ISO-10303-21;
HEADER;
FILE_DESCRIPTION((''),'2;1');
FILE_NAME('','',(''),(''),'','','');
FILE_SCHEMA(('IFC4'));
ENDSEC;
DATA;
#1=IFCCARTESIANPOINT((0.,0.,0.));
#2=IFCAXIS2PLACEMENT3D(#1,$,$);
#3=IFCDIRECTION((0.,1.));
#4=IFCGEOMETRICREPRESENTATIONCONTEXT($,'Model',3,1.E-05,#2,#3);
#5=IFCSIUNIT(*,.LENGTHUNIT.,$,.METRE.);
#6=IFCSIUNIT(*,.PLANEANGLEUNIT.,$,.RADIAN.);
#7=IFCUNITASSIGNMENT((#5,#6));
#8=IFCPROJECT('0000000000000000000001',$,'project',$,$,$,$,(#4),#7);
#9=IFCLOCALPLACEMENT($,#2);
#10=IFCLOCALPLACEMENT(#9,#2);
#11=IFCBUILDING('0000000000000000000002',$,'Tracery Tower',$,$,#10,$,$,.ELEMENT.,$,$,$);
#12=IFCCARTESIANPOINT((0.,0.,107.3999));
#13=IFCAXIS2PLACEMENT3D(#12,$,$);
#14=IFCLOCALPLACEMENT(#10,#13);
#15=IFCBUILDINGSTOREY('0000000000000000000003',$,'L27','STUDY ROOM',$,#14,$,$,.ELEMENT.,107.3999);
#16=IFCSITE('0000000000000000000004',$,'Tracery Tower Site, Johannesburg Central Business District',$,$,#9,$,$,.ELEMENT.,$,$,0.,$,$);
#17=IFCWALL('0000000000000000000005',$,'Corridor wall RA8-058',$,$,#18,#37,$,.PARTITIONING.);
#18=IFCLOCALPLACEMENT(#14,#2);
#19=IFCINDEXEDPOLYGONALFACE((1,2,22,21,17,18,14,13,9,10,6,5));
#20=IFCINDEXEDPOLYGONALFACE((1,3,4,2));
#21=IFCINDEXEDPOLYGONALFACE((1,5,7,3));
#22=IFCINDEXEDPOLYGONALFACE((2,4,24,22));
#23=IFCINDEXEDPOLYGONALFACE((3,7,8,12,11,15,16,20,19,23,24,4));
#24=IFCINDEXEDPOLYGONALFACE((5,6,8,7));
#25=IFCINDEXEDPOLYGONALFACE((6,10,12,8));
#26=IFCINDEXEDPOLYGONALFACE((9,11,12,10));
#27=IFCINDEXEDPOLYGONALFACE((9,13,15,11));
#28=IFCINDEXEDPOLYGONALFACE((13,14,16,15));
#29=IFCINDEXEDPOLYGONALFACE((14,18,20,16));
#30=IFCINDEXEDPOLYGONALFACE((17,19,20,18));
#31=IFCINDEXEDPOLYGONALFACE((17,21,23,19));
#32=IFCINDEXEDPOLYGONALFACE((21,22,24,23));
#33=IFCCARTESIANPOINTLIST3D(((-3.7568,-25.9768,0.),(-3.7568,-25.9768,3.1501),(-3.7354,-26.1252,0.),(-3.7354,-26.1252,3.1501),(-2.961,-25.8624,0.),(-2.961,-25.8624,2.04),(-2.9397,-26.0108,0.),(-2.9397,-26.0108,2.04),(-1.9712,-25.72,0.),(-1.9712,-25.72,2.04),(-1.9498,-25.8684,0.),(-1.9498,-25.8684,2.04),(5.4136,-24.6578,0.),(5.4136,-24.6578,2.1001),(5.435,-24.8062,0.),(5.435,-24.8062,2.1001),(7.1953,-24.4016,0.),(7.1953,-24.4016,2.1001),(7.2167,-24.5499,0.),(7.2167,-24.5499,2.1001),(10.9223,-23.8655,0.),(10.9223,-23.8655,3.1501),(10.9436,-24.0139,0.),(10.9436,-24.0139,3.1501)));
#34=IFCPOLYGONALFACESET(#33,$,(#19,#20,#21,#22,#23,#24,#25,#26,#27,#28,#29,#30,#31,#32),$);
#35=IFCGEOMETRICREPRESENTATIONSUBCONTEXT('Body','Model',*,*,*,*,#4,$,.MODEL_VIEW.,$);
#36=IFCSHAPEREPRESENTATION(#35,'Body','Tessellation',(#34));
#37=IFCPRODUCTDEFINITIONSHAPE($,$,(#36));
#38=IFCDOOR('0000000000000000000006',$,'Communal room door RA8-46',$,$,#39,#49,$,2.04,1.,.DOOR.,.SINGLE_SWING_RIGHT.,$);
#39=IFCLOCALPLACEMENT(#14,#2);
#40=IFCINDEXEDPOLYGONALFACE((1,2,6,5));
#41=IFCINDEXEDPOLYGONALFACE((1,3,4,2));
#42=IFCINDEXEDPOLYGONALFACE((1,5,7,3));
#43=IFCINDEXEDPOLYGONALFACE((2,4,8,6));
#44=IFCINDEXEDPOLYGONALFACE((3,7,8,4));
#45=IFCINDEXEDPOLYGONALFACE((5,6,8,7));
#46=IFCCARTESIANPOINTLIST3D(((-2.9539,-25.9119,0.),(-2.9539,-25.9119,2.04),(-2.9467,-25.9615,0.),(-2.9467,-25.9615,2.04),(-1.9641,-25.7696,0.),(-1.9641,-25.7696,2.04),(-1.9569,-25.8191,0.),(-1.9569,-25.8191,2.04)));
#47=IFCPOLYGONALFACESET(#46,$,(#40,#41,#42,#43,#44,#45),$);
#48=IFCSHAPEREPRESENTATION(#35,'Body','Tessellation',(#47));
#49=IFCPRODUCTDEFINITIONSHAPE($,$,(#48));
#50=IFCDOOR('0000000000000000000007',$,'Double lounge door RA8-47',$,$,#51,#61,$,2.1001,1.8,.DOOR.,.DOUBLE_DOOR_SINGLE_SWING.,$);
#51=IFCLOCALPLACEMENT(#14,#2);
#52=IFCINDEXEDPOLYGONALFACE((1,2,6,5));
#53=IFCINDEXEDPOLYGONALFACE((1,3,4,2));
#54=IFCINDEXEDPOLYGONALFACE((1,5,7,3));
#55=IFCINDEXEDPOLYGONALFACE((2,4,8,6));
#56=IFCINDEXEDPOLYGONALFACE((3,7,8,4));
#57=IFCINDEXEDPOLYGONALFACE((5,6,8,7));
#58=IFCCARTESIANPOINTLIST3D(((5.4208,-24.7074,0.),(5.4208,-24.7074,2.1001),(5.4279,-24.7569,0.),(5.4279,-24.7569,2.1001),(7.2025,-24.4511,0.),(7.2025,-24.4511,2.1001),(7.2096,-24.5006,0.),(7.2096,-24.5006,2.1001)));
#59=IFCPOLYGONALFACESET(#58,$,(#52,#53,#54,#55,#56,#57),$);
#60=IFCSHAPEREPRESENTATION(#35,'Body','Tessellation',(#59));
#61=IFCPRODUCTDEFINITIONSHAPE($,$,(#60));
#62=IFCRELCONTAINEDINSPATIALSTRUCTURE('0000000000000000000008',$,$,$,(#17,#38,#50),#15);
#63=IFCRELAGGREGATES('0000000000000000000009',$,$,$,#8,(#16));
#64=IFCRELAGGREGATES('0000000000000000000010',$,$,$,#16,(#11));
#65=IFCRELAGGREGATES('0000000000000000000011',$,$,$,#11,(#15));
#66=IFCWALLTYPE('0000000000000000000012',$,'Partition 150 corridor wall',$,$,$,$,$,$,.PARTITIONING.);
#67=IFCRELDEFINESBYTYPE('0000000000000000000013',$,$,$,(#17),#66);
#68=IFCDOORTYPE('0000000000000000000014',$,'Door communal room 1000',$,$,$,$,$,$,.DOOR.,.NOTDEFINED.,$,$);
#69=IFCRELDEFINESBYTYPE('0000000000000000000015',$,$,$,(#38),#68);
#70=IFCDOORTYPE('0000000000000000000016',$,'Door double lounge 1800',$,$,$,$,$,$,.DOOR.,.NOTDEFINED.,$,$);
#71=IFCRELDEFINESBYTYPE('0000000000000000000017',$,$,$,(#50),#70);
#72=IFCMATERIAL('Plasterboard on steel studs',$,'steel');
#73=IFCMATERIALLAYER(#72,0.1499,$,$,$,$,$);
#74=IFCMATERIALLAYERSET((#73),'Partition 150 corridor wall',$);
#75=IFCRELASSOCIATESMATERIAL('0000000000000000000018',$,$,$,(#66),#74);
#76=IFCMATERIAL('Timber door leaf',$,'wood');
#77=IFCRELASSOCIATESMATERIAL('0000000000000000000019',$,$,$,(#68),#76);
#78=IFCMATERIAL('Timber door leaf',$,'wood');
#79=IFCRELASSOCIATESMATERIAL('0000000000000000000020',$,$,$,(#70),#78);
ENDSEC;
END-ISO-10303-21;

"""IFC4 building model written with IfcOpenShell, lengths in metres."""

from ifc_helpers import new_model, si_unit, direction, frame, frame_2d, origin, place, context, subcontext, project, spatial, rectangle, extrude, material, layer, layer_set, type_object, element, fill, save


model = new_model("IFC4")

# Units and contexts
model_context = context("Model", 3, precision=1e-05, world=origin(), true_north=direction((0.0, 1.0)))
body_context = subcontext(model_context, "Body", "Model", "MODEL_VIEW")
ifc_project = project(units=[si_unit("LENGTHUNIT", "METRE"), si_unit("PLANEANGLEUNIT", "RADIAN")], contexts=[model_context])

# Site, building, storey
site_placement = place(None, origin())
site = spatial("IfcSite", under=ifc_project, at=site_placement, Name="Tracery Tower Site, Johannesburg Central Business District", CompositionType="ELEMENT", RefElevation=0.0)
building_placement = place(site_placement, origin())
building = spatial("IfcBuilding", under=site, at=building_placement, Name="Tracery Tower", CompositionType="ELEMENT")
storey_placement = place(building_placement, frame((0.0, 0.0, 107.3999)))
storey = spatial("IfcBuildingStorey", under=building, at=storey_placement, Name="L27", Description="STUDY ROOM", CompositionType="ELEMENT", Elevation=107.3999)

# Shared definitions
ifc_material_1 = material(Name="Plasterboard on steel studs", Category="steel")
ifc_layer_1 = layer(ifc_material_1, 0.1499)
ifc_layer_set_1 = layer_set([ifc_layer_1], Name="Partition 150 corridor wall")
wall_type_1 = type_object("IfcWallType", Name="Partition 150 corridor wall", PredefinedType="PARTITIONING", material=ifc_layer_set_1)

# Wall, openings, doors
wall_1_placement = place(storey_placement, frame((-3.7461, -26.051, 0.0), z_axis=(0.0, 0.0, 1.0), x_axis=(0.989814, 0.142369, 0.0)))
wall_1 = element("IfcWall", 1, at=wall_1_placement, inside=storey, type_object=wall_type_1, Name="Corridor wall RA8-058", PredefinedType="PARTITIONING", context=body_context, shape_type="SweptSolid", body=[
    extrude(rectangle(XDim=14.8301, YDim=0.1499, at=frame_2d((7.415, 0.0))), origin(), (0.0, 0.0, 1.0), 3.1501),
])
opening_1_placement = place(wall_1_placement, frame((0.804, 0.0, 0.0)))
opening_1 = element("IfcOpeningElement", 2, at=opening_1_placement, cuts=wall_1, PredefinedType="OPENING", context=body_context, shape_type="SweptSolid", body=[
    extrude(rectangle(XDim=1.0, YDim=2.04, at=frame_2d((0.5, 1.02))), frame((0.0, 0.075, 0.0), z_axis=(0.0, -1.0, 0.0), x_axis=(1.0, 0.0, 0.0)), (0.0, 0.0, 1.0), 0.1499),
])
opening_2_placement = place(wall_1_placement, frame((9.2649, 0.0, 0.0)))
opening_2 = element("IfcOpeningElement", 3, at=opening_2_placement, cuts=wall_1, PredefinedType="OPENING", context=body_context, shape_type="SweptSolid", body=[
    extrude(rectangle(XDim=1.8, YDim=2.1001, at=frame_2d((0.8999, 1.05))), frame((0.0, 0.075, 0.0), z_axis=(0.0, -1.0, 0.0), x_axis=(1.0, 0.0, 0.0)), (0.0, 0.0, 1.0), 0.1499),
])
ifc_material_2 = material(Name="Timber door leaf", Category="wood")
door_type_1 = type_object("IfcDoorType", Name="Door communal room 1000", OperationType="NOTDEFINED", PredefinedType="DOOR", material=ifc_material_2)
door_1_placement = place(opening_1_placement, origin())
door_1 = element("IfcDoor", 4, at=door_1_placement, inside=storey, type_object=door_type_1, Name="Communal room door RA8-46", OperationType="SINGLE_SWING_RIGHT", OverallHeight=2.04, OverallWidth=1.0, PredefinedType="DOOR", context=body_context, shape_type="SweptSolid", body=[
    extrude(rectangle(XDim=1.0, YDim=2.04, at=frame_2d((0.5, 1.02))), frame((0.0, 0.0249, 0.0), z_axis=(0.0, -1.0, 0.0), x_axis=(1.0, 0.0, 0.0)), (0.0, 0.0, 1.0), 0.05),
])
fill(opening_1, door_1)
ifc_material_3 = material(Name="Timber door leaf", Category="wood")
door_type_2 = type_object("IfcDoorType", Name="Door double lounge 1800", OperationType="NOTDEFINED", PredefinedType="DOOR", material=ifc_material_3)
door_2_placement = place(opening_2_placement, origin())
door_2 = element("IfcDoor", 5, at=door_2_placement, inside=storey, type_object=door_type_2, Name="Double lounge door RA8-47", OperationType="DOUBLE_DOOR_SINGLE_SWING", OverallHeight=2.1001, OverallWidth=1.8, PredefinedType="DOOR", context=body_context, shape_type="SweptSolid", body=[
    extrude(rectangle(XDim=1.8, YDim=2.1001, at=frame_2d((0.8999, 1.05))), frame((0.0, 0.0249, 0.0), z_axis=(0.0, -1.0, 0.0), x_axis=(1.0, 0.0, 0.0)), (0.0, 0.0, 1.0), 0.05),
])
fill(opening_2, door_2)

save(model, "model.ifc")
